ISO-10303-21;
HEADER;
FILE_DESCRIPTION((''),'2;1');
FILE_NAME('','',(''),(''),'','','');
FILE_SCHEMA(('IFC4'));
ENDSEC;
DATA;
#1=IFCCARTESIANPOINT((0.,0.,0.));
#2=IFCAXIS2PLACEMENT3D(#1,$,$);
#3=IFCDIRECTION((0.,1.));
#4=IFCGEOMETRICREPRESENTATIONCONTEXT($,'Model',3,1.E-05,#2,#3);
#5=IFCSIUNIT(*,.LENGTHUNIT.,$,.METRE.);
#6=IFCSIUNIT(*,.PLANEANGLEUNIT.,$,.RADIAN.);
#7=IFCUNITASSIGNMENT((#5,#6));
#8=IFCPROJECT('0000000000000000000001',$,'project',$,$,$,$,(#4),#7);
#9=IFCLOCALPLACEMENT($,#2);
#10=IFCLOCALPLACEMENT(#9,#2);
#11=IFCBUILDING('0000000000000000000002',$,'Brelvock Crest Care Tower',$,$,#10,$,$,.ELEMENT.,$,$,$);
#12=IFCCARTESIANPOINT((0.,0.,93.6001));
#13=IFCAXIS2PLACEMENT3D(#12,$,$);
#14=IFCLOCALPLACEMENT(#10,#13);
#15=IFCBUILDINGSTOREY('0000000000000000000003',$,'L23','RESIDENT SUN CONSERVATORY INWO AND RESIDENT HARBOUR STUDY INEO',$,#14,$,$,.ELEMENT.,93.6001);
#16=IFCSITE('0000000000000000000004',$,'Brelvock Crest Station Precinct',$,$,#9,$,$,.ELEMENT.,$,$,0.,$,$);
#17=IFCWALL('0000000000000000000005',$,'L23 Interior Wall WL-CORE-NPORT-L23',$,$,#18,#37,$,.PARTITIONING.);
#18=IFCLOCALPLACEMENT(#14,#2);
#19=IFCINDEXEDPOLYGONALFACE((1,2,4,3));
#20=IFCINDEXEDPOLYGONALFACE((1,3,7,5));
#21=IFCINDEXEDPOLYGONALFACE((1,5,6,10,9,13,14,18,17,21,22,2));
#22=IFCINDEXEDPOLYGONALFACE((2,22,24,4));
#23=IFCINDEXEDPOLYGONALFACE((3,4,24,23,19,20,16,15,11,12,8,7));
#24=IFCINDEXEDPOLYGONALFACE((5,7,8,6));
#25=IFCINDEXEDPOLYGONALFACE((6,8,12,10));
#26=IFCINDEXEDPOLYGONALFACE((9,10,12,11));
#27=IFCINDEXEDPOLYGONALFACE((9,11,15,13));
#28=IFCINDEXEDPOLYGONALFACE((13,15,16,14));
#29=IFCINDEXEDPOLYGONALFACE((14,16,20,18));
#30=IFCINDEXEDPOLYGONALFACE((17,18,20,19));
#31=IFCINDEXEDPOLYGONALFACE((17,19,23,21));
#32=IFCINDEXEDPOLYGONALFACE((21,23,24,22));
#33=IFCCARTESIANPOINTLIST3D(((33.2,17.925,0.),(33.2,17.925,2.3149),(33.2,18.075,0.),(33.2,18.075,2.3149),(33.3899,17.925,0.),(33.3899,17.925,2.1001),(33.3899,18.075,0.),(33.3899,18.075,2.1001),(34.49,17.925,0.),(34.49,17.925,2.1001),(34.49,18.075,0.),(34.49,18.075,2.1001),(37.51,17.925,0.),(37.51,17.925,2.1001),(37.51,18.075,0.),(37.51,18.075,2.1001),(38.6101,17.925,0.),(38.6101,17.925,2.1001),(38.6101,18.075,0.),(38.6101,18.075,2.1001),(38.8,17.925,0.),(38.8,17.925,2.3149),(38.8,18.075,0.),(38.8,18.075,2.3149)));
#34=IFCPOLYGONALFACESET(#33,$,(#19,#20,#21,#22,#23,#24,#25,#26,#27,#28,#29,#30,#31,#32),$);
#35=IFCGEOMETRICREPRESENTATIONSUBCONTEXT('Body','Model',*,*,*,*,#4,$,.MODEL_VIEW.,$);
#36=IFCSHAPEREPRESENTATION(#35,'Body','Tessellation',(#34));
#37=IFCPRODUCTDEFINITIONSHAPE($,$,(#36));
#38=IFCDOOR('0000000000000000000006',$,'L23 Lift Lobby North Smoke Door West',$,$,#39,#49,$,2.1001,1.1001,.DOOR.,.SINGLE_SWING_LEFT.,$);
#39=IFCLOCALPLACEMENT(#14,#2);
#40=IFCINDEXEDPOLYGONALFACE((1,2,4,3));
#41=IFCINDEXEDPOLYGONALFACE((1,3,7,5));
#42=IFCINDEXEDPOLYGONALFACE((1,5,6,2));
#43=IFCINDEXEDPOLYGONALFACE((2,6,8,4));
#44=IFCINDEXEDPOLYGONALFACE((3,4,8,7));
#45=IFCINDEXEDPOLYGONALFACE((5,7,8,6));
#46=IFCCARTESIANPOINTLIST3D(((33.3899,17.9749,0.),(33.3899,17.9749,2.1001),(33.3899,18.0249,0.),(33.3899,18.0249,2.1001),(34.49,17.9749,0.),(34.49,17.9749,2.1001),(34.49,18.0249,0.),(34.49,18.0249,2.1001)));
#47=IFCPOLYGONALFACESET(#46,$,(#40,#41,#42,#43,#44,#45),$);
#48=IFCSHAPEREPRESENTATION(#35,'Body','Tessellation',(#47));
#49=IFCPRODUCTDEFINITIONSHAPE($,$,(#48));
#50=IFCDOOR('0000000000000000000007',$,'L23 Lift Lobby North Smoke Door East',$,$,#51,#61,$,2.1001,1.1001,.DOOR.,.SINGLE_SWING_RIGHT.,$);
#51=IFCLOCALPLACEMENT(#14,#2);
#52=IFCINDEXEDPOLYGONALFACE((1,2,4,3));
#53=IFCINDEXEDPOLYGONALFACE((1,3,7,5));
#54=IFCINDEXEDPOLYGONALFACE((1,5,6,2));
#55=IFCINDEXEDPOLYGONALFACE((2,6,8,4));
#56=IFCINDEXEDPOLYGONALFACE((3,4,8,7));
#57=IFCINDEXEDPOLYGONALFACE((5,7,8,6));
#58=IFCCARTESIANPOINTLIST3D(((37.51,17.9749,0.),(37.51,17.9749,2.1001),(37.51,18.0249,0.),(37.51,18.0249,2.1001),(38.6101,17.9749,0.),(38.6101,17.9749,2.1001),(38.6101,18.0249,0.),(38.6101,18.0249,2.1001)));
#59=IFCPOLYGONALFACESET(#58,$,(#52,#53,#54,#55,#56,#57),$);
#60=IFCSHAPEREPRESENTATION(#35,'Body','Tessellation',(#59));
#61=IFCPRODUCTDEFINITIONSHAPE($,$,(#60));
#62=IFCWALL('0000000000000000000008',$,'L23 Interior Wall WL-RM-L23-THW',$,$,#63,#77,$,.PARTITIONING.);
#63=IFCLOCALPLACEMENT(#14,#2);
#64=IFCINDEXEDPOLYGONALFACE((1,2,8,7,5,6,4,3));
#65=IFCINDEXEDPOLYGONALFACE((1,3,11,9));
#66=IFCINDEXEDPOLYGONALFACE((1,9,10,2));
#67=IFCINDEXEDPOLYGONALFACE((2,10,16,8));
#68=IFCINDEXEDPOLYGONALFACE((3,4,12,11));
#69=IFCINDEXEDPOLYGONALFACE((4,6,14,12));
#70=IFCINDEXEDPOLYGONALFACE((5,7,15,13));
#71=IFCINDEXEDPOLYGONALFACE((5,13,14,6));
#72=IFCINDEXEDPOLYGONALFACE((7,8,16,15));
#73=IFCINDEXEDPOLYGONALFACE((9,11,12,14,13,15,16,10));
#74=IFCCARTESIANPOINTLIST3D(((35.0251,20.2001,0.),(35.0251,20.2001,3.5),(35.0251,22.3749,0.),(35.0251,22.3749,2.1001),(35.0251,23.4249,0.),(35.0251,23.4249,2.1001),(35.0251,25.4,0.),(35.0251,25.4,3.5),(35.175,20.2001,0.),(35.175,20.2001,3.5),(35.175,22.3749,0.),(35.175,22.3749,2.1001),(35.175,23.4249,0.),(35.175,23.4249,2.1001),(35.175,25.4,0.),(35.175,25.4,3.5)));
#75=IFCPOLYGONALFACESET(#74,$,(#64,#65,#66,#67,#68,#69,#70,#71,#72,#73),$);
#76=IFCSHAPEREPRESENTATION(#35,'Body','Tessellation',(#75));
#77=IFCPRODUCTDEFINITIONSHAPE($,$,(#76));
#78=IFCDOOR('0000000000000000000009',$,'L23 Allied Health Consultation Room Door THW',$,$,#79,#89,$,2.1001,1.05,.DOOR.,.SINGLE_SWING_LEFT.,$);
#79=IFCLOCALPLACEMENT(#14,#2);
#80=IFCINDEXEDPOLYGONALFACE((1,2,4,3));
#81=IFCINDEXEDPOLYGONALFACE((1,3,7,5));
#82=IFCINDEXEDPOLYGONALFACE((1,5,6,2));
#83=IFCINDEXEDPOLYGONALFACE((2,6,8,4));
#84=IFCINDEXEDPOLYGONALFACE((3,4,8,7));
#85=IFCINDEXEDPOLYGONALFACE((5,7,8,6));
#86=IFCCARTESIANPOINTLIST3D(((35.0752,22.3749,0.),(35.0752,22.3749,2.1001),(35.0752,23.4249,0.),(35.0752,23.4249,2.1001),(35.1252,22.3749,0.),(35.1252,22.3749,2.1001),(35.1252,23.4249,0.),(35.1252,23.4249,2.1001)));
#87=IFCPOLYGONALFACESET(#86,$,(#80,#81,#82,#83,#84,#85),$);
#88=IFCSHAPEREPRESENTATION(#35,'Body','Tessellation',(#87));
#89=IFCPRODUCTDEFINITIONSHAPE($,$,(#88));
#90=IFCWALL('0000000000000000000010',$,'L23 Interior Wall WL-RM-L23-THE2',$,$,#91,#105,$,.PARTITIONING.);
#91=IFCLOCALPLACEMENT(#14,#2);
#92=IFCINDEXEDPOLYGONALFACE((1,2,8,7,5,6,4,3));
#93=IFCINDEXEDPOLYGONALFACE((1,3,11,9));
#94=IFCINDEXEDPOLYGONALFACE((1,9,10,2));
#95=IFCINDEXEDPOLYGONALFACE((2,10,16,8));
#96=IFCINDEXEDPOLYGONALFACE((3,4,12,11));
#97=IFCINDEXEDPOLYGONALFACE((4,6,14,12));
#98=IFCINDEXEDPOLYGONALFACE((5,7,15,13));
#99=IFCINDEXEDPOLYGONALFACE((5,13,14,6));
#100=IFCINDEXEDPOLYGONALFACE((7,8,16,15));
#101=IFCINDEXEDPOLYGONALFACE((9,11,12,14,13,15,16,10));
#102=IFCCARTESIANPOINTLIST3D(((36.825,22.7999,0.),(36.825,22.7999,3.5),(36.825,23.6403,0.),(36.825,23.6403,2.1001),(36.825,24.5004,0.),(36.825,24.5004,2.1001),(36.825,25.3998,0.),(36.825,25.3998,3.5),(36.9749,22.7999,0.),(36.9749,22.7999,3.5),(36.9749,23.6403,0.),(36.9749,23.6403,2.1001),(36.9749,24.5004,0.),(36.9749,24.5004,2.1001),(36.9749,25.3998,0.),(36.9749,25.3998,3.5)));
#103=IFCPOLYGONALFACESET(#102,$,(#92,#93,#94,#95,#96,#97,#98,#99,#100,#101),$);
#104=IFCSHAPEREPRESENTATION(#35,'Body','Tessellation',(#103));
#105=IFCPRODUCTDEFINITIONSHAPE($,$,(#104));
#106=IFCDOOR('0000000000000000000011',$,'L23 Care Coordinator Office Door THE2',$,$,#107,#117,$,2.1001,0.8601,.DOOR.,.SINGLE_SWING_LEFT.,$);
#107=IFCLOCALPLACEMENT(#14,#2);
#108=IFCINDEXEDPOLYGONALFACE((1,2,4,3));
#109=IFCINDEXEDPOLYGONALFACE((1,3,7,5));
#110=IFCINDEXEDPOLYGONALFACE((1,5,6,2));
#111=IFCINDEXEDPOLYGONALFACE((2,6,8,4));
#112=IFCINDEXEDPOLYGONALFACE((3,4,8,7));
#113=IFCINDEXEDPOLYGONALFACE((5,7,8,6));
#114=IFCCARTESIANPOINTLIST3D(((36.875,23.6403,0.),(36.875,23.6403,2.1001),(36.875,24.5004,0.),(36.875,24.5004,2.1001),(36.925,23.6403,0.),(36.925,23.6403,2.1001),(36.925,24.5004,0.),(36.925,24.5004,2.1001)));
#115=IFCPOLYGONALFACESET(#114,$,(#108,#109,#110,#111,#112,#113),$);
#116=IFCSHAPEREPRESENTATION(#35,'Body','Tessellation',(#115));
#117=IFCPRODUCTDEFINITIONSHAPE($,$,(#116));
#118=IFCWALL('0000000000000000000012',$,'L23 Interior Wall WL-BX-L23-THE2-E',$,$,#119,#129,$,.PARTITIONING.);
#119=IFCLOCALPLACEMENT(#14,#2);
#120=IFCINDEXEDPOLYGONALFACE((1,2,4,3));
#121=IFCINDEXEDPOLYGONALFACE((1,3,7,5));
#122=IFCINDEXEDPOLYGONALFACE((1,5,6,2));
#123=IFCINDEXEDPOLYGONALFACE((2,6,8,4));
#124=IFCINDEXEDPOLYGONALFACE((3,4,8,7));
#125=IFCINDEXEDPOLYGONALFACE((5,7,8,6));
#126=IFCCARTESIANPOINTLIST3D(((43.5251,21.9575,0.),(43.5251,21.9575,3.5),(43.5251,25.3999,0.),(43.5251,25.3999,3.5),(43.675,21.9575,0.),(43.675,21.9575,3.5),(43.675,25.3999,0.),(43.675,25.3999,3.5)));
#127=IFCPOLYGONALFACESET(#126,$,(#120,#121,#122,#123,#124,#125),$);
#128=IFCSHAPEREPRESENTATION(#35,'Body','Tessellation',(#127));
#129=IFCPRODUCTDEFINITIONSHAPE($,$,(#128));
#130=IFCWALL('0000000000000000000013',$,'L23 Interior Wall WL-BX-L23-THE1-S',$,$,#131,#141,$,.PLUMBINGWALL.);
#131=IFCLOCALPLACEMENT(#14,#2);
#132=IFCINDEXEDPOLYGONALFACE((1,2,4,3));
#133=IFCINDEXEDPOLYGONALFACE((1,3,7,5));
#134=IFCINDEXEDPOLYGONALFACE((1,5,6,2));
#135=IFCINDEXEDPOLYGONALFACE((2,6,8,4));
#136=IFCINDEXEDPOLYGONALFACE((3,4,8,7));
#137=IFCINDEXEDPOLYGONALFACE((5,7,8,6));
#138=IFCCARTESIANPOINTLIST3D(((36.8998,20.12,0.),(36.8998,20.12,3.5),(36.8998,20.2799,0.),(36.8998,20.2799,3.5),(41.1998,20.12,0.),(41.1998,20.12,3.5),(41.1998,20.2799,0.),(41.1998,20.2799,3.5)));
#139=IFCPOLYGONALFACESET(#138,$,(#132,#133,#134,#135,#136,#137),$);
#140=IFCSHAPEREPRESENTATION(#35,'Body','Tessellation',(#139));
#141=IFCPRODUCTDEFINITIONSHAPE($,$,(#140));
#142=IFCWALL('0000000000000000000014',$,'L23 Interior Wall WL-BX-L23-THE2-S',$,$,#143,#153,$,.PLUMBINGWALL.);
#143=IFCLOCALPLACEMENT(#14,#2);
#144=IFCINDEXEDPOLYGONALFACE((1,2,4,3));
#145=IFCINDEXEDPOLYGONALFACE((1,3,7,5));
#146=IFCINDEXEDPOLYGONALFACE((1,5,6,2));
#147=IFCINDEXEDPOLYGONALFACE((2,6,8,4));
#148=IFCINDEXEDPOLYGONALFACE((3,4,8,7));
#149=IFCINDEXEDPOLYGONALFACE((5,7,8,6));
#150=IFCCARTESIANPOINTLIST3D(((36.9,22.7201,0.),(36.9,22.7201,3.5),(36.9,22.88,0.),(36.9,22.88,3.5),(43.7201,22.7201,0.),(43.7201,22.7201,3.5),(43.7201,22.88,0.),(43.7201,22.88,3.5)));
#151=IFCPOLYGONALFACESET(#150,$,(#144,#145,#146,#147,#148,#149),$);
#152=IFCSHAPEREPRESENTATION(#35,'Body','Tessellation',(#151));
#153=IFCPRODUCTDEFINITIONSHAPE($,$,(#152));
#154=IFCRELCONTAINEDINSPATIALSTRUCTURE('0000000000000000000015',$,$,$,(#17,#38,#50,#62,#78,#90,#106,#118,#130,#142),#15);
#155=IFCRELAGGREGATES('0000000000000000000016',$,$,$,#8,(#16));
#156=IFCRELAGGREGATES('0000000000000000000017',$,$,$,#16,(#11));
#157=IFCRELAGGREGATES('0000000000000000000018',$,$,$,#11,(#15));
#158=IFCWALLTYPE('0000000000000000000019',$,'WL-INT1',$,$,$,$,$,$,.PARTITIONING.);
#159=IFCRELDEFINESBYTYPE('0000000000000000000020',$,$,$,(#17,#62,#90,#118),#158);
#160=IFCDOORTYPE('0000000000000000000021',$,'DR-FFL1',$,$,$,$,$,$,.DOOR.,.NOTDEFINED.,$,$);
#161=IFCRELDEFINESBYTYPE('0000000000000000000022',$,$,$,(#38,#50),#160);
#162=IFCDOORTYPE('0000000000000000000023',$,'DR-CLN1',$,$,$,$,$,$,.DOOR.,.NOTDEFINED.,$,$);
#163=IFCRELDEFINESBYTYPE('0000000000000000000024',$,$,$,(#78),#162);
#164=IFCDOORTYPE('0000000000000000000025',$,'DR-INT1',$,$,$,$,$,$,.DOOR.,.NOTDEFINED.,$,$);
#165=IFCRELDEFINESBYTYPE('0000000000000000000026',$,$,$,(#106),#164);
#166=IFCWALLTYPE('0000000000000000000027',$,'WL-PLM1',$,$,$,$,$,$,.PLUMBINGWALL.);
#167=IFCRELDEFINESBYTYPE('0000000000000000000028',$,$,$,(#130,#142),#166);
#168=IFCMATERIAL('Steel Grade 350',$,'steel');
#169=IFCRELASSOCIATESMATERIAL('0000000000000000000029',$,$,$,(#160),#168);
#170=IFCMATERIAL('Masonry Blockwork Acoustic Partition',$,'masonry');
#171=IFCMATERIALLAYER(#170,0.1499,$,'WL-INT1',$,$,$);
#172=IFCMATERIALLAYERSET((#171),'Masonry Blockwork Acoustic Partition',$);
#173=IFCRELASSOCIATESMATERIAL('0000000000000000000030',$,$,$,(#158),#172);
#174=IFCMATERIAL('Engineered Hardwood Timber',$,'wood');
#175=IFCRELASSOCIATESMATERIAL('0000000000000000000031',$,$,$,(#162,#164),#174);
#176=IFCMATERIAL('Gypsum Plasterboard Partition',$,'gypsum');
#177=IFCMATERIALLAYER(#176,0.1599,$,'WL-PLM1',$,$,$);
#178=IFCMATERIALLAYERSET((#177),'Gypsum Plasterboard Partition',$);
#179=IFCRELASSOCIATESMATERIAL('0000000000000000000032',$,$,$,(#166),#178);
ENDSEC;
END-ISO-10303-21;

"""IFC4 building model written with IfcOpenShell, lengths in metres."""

from ifc_helpers import new_model, si_unit, direction, frame, frame_2d, origin, origin_2d, place, context, subcontext, project, spatial, rectangle, extrude, source, transform, mapped, material, layer, layer_set, type_object, element, fill, save


model = new_model("IFC4")

# Units and contexts
model_context = context("Model", 3, precision=1e-05, world=origin(), true_north=direction((0.0, 1.0)))
body_context = subcontext(model_context, "Body", "Model", "MODEL_VIEW")
ifc_project = project(units=[si_unit("LENGTHUNIT", "METRE"), si_unit("PLANEANGLEUNIT", "RADIAN")], contexts=[model_context])

# Site, building, storey
site_placement = place(None, origin())
site = spatial("IfcSite", under=ifc_project, at=site_placement, Name="Brelvock Crest Station Precinct", CompositionType="ELEMENT", RefElevation=0.0)
building_placement = place(site_placement, origin())
building = spatial("IfcBuilding", under=site, at=building_placement, Name="Brelvock Crest Care Tower", CompositionType="ELEMENT")
storey_placement = place(building_placement, frame((0.0, 0.0, 93.6001)))
storey = spatial("IfcBuildingStorey", under=building, at=storey_placement, Name="L23", Description="RESIDENT SUN CONSERVATORY INWO AND RESIDENT HARBOUR STUDY INEO", CompositionType="ELEMENT", Elevation=93.6001)

# Shared definitions
ifc_material_1 = material(Name="Steel Grade 350", Category="steel")

# Shared definitions
door_type_1 = type_object("IfcDoorType", Name="DR-FFL1", OperationType="NOTDEFINED", PredefinedType="DOOR", material=ifc_material_1)
shared_shape_1 = source(origin(), body_context, "Body", "SweptSolid", [
    extrude(rectangle(XDim=1.1001, YDim=2.1001, at=origin_2d()), frame((0.55, 0.0249, 1.05), z_axis=(0.0, -1.0, 0.0), x_axis=(1.0, 0.0, 0.0)), (0.0, 0.0, 1.0), 0.05),
])

# Wall, openings, doors
ifc_material_2 = material(Name="Masonry Blockwork Acoustic Partition", Category="masonry")
ifc_layer_1 = layer(ifc_material_2, 0.1499, Name="WL-INT1")
ifc_layer_set_1 = layer_set([ifc_layer_1], Name="Masonry Blockwork Acoustic Partition")
wall_type_1 = type_object("IfcWallType", Name="WL-INT1", PredefinedType="PARTITIONING", material=ifc_layer_set_1)
wall_1_placement = place(storey_placement, frame((33.2, 18.0, 0.0), z_axis=(0.0, 0.0, 1.0), x_axis=(1.0, 0.0, 0.0)))
wall_1 = element("IfcWall", 1, at=wall_1_placement, inside=storey, type_object=wall_type_1, Name="L23 Interior Wall WL-CORE-NPORT-L23", PredefinedType="PARTITIONING", context=body_context, shape_type="SweptSolid", body=[
    extrude(rectangle(XDim=5.6001, YDim=0.1499, at=frame_2d((2.8, 0.0))), origin(), (0.0, 0.0, 1.0), 2.3149),
])
opening_1_placement = place(wall_1_placement, frame((0.1899, 0.0, 0.0)))
opening_1 = element("IfcOpeningElement", 2, at=opening_1_placement, cuts=wall_1, PredefinedType="OPENING", context=body_context, shape_type="SweptSolid", body=[
    extrude(rectangle(XDim=1.1001, YDim=2.1001, at=origin_2d()), frame((0.55, 0.085, 1.05), z_axis=(0.0, -1.0, 0.0), x_axis=(1.0, 0.0, 0.0)), (0.0, 0.0, 1.0), 0.1699),
])
opening_2_placement = place(wall_1_placement, frame((4.3101, 0.0, 0.0)))
opening_2 = element("IfcOpeningElement", 3, at=opening_2_placement, cuts=wall_1, PredefinedType="OPENING", context=body_context, shape_type="SweptSolid", body=[
    extrude(rectangle(XDim=1.1001, YDim=2.1001, at=origin_2d()), frame((0.55, 0.085, 1.05), z_axis=(0.0, -1.0, 0.0), x_axis=(1.0, 0.0, 0.0)), (0.0, 0.0, 1.0), 0.1699),
])
door_1_placement = place(opening_1_placement, origin())
door_1 = element("IfcDoor", 4, at=door_1_placement, inside=storey, type_object=door_type_1, Name="L23 Lift Lobby North Smoke Door West", OperationType="SINGLE_SWING_LEFT", OverallHeight=2.1001, OverallWidth=1.1001, PredefinedType="DOOR", context=body_context, shape_type="MappedRepresentation", body=[
    mapped(shared_shape_1, transform((0.0, 0.0, 0.0), x_axis=(1.0, 0.0, 0.0), y_axis=(0.0, 1.0, 0.0), z_axis=(0.0, 0.0, 1.0), scale=1.0)),
])
fill(opening_1, door_1)
door_2_placement = place(opening_2_placement, origin())
door_2 = element("IfcDoor", 5, at=door_2_placement, inside=storey, type_object=door_type_1, Name="L23 Lift Lobby North Smoke Door East", OperationType="SINGLE_SWING_RIGHT", OverallHeight=2.1001, OverallWidth=1.1001, PredefinedType="DOOR", context=body_context, shape_type="MappedRepresentation", body=[
    mapped(shared_shape_1, transform((0.0, 0.0, 0.0), x_axis=(1.0, 0.0, 0.0), y_axis=(0.0, 1.0, 0.0), z_axis=(0.0, 0.0, 1.0), scale=1.0)),
])
fill(opening_2, door_2)

# Walls, openings, doors
wall_2_placement = place(storey_placement, frame((35.1001, 20.2, 0.0), z_axis=(0.0, 0.0, 1.0), x_axis=(0.0, 1.0, 0.0)))
wall_2 = element("IfcWall", 6, at=wall_2_placement, inside=storey, type_object=wall_type_1, Name="L23 Interior Wall WL-RM-L23-THW", PredefinedType="PARTITIONING", context=body_context, shape_type="SweptSolid", body=[
    extrude(rectangle(XDim=5.2, YDim=0.1499, at=frame_2d((2.6001, 0.0))), origin(), (0.0, 0.0, 1.0), 3.5),
])
opening_3_placement = place(wall_2_placement, frame((2.175, 0.0, 0.0)))
opening_3 = element("IfcOpeningElement", 7, at=opening_3_placement, cuts=wall_2, PredefinedType="OPENING", context=body_context, shape_type="SweptSolid", body=[
    extrude(rectangle(XDim=1.05, YDim=2.1001, at=origin_2d()), frame((0.5249, 0.085, 1.05), z_axis=(0.0, -1.0, 0.0), x_axis=(1.0, 0.0, 0.0)), (0.0, 0.0, 1.0), 0.1699),
])
ifc_material_3 = material(Name="Engineered Hardwood Timber", Category="wood")
door_type_2 = type_object("IfcDoorType", Name="DR-CLN1", OperationType="NOTDEFINED", PredefinedType="DOOR", material=ifc_material_3)
shared_shape_2 = source(origin(), body_context, "Body", "SweptSolid", [
    extrude(rectangle(XDim=1.05, YDim=2.1001, at=origin_2d()), frame((0.5249, 0.0249, 1.05), z_axis=(0.0, -1.0, 0.0), x_axis=(1.0, 0.0, 0.0)), (0.0, 0.0, 1.0), 0.05),
])
door_3_placement = place(opening_3_placement, origin())
door_3 = element("IfcDoor", 8, at=door_3_placement, inside=storey, type_object=door_type_2, Name="L23 Allied Health Consultation Room Door THW", OperationType="SINGLE_SWING_LEFT", OverallHeight=2.1001, OverallWidth=1.05, PredefinedType="DOOR", context=body_context, shape_type="MappedRepresentation", body=[
    mapped(shared_shape_2, transform((0.0, 0.0, 0.0), x_axis=(1.0, 0.0, 0.0), y_axis=(0.0, 1.0, 0.0), z_axis=(0.0, 0.0, 1.0), scale=1.0)),
])
fill(opening_3, door_3)
wall_3_placement = place(storey_placement, frame((36.8999, 22.8, 0.0), z_axis=(0.0, 0.0, 1.0), x_axis=(0.0, 1.0, 0.0)))
wall_3 = element("IfcWall", 9, at=wall_3_placement, inside=storey, type_object=wall_type_1, Name="L23 Interior Wall WL-RM-L23-THE2", PredefinedType="PARTITIONING", context=body_context, shape_type="SweptSolid", body=[
    extrude(rectangle(XDim=2.5999, YDim=0.1499, at=frame_2d((1.2998, 0.0))), origin(), (0.0, 0.0, 1.0), 3.5),
])
opening_4_placement = place(wall_3_placement, frame((0.8401, 0.0, 0.0)))
opening_4 = element("IfcOpeningElement", 10, at=opening_4_placement, cuts=wall_3, PredefinedType="OPENING", context=body_context, shape_type="SweptSolid", body=[
    extrude(rectangle(XDim=0.8601, YDim=2.1001, at=origin_2d()), frame((0.4302, 0.085, 1.05), z_axis=(0.0, -1.0, 0.0), x_axis=(1.0, 0.0, 0.0)), (0.0, 0.0, 1.0), 0.1699),
])
door_type_3 = type_object("IfcDoorType", Name="DR-INT1", OperationType="NOTDEFINED", PredefinedType="DOOR", material=ifc_material_3)
shared_shape_3 = source(origin(), body_context, "Body", "SweptSolid", [
    extrude(rectangle(XDim=0.8601, YDim=2.1001, at=origin_2d()), frame((0.4302, 0.0249, 1.05), z_axis=(0.0, -1.0, 0.0), x_axis=(1.0, 0.0, 0.0)), (0.0, 0.0, 1.0), 0.05),
])
door_4_placement = place(opening_4_placement, origin())
door_4 = element("IfcDoor", 11, at=door_4_placement, inside=storey, type_object=door_type_3, Name="L23 Care Coordinator Office Door THE2", OperationType="SINGLE_SWING_LEFT", OverallHeight=2.1001, OverallWidth=0.8601, PredefinedType="DOOR", context=body_context, shape_type="MappedRepresentation", body=[
    mapped(shared_shape_3, transform((0.0, 0.0, 0.0), x_axis=(1.0, 0.0, 0.0), y_axis=(0.0, 1.0, 0.0), z_axis=(0.0, 0.0, 1.0), scale=1.0)),
])
fill(opening_4, door_4)

# Walls
wall_4_placement = place(storey_placement, frame((43.6001, 21.9575, 0.0), z_axis=(0.0, 0.0, 1.0), x_axis=(0.0, 1.0, 0.0)))
element("IfcWall", 12, at=wall_4_placement, inside=storey, type_object=wall_type_1, Name="L23 Interior Wall WL-BX-L23-THE2-E", PredefinedType="PARTITIONING", context=body_context, shape_type="SweptSolid", body=[
    extrude(rectangle(XDim=3.4424, YDim=0.1499, at=frame_2d((1.7212, 0.0))), origin(), (0.0, 0.0, 1.0), 3.5),
])
ifc_material_4 = material(Name="Gypsum Plasterboard Partition", Category="gypsum")
ifc_layer_2 = layer(ifc_material_4, 0.1599, Name="WL-PLM1")
ifc_layer_set_2 = layer_set([ifc_layer_2], Name="Gypsum Plasterboard Partition")
wall_type_2 = type_object("IfcWallType", Name="WL-PLM1", PredefinedType="PLUMBINGWALL", material=ifc_layer_set_2)
wall_5_placement = place(storey_placement, frame((36.8999, 20.2, 0.0), z_axis=(0.0, 0.0, 1.0), x_axis=(1.0, 0.0, 0.0)))
element("IfcWall", 13, at=wall_5_placement, inside=storey, type_object=wall_type_2, Name="L23 Interior Wall WL-BX-L23-THE1-S", PredefinedType="PLUMBINGWALL", context=body_context, shape_type="SweptSolid", body=[
    extrude(rectangle(XDim=4.3, YDim=0.1599, at=frame_2d((2.1499, 0.0))), origin(), (0.0, 0.0, 1.0), 3.5),
])
wall_6_placement = place(storey_placement, frame((36.8999, 22.8, 0.0), z_axis=(0.0, 0.0, 1.0), x_axis=(1.0, 0.0, 0.0)))
element("IfcWall", 14, at=wall_6_placement, inside=storey, type_object=wall_type_2, Name="L23 Interior Wall WL-BX-L23-THE2-S", PredefinedType="PLUMBINGWALL", context=body_context, shape_type="SweptSolid", body=[
    extrude(rectangle(XDim=6.8201, YDim=0.1599, at=frame_2d((3.4102, 0.0))), origin(), (0.0, 0.0, 1.0), 3.5),
])

save(model, "model.ifc")
